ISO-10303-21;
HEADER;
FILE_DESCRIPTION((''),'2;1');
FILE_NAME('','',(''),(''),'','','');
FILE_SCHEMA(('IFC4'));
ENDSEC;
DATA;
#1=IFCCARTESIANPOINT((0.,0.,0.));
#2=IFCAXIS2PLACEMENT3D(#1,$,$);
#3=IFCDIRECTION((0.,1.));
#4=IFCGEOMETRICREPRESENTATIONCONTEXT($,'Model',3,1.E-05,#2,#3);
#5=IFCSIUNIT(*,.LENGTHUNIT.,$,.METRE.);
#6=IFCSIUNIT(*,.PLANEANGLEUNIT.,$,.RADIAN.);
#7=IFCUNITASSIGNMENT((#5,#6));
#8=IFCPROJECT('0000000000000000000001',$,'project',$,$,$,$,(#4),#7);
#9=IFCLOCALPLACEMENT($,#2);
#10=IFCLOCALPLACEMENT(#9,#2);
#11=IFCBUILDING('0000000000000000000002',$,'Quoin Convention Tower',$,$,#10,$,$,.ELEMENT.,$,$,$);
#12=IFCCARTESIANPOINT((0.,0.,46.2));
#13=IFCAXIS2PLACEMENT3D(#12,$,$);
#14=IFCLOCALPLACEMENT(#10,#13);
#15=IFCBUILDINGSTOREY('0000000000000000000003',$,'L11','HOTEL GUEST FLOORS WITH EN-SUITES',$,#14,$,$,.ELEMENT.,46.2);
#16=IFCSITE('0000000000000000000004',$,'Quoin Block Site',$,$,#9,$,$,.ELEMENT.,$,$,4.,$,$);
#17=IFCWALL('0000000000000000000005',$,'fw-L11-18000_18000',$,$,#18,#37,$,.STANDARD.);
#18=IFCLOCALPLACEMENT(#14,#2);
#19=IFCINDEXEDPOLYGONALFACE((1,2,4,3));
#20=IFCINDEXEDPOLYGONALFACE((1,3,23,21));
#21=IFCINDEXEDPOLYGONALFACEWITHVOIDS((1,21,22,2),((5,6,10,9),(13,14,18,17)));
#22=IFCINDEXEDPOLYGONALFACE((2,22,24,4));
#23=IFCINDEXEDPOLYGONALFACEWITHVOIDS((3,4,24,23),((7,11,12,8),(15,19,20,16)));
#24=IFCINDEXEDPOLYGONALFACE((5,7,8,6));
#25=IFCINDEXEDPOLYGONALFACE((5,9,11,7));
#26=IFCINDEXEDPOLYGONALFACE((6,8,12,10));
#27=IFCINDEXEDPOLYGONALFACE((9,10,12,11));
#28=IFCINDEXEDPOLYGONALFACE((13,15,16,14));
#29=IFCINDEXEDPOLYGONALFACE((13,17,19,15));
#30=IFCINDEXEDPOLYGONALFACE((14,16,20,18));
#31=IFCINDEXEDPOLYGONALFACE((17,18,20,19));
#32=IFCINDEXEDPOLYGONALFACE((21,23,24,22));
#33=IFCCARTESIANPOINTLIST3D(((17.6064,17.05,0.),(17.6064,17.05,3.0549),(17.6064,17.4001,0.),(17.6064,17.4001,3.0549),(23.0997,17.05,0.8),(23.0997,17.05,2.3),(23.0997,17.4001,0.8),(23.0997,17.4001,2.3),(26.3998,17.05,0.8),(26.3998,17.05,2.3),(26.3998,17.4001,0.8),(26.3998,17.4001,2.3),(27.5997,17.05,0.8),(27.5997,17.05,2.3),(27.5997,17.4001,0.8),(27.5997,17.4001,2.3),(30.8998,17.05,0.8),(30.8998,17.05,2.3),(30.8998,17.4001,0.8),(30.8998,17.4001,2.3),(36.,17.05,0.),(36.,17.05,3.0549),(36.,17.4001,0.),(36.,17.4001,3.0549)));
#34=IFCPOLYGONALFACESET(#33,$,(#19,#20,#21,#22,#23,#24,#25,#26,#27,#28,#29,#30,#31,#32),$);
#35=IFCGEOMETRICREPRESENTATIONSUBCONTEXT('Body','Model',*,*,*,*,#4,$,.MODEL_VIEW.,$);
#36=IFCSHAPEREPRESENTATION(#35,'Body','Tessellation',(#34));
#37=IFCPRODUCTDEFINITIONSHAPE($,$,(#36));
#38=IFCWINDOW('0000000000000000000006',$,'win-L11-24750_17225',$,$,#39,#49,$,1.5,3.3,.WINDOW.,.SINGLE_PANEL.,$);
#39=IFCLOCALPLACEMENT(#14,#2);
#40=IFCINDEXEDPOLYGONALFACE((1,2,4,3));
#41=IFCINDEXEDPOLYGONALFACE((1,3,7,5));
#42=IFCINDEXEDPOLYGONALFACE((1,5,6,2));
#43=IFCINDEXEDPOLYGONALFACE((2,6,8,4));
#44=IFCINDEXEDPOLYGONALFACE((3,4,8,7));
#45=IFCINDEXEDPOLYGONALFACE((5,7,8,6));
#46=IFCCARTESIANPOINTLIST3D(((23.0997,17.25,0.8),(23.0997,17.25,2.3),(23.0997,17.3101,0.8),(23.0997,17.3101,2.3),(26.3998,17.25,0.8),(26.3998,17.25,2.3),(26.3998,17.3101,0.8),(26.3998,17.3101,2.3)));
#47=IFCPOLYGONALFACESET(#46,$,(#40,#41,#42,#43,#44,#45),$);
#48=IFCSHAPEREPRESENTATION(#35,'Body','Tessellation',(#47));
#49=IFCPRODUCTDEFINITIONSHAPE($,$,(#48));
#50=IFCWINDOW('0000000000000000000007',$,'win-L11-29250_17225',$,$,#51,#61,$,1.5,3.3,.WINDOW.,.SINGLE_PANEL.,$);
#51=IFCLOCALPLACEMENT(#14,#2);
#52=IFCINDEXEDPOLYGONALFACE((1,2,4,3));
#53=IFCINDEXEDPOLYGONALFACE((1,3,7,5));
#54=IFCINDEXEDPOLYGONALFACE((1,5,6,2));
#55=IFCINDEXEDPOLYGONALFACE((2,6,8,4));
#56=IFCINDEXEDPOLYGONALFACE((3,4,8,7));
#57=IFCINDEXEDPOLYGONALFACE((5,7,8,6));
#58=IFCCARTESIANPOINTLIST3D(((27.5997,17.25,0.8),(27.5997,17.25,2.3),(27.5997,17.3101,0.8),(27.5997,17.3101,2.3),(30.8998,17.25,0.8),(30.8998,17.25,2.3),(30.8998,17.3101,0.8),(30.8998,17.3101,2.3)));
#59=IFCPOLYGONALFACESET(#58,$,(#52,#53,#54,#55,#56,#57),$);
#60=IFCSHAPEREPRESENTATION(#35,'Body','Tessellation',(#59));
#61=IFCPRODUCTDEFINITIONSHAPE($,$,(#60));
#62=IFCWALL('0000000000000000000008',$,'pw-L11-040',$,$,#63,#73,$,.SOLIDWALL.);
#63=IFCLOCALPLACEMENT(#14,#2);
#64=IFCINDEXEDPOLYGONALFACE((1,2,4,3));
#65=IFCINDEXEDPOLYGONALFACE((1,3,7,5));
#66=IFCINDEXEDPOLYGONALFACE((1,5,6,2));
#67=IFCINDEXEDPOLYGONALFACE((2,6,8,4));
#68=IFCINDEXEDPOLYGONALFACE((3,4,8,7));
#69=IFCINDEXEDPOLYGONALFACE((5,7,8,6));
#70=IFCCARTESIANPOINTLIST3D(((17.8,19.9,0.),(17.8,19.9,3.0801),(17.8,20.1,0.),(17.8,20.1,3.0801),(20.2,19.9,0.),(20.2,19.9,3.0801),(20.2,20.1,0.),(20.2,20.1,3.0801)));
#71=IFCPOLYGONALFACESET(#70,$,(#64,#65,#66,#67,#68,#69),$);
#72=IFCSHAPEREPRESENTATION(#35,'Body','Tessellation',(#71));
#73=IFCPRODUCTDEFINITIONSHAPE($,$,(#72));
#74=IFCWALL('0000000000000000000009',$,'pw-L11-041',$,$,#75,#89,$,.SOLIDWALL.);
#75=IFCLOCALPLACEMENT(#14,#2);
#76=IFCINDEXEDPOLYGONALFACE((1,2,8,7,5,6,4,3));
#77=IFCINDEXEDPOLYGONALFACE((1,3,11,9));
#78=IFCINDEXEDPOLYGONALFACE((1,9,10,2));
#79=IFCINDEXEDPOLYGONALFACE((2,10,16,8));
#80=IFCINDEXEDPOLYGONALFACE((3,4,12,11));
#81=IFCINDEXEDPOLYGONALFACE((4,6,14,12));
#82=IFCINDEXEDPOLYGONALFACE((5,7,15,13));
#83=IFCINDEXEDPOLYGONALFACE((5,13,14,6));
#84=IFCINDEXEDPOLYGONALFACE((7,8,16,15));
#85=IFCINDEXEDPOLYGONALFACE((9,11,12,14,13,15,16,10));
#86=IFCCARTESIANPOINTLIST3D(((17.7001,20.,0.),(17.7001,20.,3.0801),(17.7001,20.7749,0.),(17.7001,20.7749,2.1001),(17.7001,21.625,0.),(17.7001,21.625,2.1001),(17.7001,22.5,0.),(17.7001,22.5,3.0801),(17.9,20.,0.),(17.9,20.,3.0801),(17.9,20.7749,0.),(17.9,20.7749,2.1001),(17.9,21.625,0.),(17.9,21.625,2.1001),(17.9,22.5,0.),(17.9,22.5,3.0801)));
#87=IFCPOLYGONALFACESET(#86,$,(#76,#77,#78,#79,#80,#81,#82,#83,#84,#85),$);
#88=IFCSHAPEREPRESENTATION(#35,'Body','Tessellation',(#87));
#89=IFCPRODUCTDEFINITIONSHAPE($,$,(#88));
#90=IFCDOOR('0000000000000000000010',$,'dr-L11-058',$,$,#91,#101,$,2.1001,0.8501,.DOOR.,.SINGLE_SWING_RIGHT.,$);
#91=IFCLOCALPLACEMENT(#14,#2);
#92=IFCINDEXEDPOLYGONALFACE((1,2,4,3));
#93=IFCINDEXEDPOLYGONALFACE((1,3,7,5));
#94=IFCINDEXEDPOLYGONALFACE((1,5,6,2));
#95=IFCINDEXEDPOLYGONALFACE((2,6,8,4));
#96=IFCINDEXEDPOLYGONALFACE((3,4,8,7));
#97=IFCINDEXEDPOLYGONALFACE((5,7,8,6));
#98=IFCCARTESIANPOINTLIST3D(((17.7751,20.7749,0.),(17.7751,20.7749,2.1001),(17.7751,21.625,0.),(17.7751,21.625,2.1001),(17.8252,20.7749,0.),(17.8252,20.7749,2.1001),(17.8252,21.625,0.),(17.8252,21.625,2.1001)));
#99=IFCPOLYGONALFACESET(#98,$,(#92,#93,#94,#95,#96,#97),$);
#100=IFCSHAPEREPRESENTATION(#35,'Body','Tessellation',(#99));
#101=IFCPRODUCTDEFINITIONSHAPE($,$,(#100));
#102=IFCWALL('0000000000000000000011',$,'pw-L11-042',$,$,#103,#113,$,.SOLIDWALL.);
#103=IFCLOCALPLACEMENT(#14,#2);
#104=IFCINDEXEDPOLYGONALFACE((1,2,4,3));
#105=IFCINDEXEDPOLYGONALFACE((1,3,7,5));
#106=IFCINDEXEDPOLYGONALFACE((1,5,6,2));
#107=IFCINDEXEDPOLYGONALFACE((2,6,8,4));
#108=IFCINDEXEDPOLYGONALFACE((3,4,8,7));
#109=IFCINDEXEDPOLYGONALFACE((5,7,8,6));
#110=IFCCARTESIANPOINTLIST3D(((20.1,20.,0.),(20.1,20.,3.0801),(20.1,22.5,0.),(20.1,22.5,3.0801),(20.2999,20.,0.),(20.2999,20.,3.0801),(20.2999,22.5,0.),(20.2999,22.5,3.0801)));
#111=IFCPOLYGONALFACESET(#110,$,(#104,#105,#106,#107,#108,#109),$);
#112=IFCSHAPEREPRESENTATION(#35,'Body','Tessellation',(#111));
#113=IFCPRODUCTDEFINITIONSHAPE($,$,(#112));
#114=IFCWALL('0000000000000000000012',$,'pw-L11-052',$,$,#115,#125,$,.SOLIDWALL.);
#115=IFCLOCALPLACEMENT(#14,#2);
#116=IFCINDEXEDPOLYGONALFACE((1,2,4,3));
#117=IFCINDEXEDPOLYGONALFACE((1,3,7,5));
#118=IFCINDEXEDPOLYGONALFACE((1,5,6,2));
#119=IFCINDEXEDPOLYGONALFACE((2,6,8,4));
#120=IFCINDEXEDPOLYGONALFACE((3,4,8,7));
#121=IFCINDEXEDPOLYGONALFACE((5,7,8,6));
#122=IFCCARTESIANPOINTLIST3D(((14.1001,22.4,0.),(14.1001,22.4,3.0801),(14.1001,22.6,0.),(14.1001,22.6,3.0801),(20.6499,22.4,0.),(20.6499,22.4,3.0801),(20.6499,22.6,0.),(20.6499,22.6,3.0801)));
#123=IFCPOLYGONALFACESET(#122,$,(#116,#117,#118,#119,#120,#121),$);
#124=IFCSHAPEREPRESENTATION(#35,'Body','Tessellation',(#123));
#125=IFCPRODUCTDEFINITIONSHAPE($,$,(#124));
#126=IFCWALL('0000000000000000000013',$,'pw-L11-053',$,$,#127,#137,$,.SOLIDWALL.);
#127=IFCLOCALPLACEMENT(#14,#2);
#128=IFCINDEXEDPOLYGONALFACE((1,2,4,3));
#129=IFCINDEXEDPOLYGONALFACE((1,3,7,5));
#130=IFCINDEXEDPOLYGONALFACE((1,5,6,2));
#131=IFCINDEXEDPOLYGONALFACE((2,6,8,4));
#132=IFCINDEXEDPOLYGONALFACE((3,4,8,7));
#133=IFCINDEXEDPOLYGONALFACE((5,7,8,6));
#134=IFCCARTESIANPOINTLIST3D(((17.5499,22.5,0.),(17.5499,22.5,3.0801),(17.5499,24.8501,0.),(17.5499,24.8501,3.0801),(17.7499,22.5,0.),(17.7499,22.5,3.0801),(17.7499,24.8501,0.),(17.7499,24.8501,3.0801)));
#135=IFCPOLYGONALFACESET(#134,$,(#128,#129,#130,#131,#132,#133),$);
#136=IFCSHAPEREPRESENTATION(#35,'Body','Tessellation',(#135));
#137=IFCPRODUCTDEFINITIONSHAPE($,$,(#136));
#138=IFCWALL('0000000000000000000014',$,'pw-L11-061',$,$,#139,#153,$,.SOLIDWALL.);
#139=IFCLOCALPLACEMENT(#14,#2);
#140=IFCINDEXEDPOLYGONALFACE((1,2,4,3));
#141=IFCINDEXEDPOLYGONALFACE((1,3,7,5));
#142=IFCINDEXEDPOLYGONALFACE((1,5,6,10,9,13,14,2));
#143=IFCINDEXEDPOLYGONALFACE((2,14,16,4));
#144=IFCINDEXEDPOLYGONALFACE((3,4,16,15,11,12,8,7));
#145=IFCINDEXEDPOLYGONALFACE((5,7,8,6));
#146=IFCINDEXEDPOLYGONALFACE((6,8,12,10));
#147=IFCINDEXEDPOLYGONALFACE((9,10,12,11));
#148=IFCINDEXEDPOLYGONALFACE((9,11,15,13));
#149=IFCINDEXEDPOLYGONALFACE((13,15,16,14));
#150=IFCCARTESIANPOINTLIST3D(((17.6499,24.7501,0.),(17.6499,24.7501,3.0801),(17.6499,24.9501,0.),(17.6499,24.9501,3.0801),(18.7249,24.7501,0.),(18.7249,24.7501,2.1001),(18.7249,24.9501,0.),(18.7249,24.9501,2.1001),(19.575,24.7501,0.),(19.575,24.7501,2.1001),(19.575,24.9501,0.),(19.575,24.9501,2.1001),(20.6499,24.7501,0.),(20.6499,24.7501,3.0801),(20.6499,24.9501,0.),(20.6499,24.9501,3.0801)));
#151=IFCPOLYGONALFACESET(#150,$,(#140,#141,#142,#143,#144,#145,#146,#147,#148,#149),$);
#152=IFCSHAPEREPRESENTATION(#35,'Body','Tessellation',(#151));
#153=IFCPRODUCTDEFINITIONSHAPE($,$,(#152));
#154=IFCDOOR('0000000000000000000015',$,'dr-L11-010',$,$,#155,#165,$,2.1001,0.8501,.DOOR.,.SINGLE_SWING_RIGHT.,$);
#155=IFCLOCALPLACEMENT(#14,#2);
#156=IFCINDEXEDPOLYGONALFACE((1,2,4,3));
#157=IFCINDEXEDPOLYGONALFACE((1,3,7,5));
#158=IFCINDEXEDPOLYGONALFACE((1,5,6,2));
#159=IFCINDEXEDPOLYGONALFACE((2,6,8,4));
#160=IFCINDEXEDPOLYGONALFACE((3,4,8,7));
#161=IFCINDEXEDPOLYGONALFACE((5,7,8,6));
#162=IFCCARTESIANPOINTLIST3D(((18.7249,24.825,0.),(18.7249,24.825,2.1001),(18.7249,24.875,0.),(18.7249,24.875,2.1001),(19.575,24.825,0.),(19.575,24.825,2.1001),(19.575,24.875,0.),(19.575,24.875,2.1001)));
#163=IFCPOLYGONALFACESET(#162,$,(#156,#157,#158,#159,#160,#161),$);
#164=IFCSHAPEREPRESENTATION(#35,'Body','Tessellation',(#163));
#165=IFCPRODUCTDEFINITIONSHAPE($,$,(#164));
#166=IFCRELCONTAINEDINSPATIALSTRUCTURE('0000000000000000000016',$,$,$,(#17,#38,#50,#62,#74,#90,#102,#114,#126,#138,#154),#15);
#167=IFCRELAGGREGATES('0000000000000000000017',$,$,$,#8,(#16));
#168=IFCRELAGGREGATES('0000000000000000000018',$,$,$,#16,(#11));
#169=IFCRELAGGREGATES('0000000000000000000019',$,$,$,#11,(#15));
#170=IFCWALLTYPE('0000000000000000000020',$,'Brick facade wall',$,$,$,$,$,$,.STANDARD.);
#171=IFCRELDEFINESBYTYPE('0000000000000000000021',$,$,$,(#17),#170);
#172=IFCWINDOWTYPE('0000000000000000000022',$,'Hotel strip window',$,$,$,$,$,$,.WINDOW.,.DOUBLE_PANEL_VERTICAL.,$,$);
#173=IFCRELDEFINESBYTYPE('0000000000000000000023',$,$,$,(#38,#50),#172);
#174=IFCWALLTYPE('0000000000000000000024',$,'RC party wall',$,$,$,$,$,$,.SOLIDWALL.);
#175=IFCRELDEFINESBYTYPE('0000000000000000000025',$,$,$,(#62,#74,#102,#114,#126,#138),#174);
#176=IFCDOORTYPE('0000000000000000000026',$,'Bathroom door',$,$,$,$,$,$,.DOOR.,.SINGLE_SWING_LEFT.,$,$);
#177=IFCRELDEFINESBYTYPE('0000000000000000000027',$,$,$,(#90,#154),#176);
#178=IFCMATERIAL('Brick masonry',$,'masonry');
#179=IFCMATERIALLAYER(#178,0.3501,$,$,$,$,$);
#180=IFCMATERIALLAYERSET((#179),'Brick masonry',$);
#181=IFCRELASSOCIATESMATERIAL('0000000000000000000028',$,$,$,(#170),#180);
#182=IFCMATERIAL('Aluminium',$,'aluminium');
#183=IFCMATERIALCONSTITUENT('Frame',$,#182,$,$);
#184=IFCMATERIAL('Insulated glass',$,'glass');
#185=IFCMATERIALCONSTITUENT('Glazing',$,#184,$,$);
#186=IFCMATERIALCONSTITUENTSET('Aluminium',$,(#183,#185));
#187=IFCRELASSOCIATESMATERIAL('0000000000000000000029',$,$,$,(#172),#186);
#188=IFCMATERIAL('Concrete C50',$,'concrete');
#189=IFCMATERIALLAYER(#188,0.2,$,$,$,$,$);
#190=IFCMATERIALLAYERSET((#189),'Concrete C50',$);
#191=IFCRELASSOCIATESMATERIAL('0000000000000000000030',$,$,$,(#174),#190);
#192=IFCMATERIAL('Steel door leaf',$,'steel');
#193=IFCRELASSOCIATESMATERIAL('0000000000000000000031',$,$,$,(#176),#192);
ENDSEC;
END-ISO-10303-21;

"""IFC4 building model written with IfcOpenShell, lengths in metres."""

from ifc_helpers import new_model, si_unit, direction, frame, frame_2d, origin, place, context, subcontext, project, spatial, rectangle, extrude, material, layer, layer_set, constituent, constituent_set, type_object, element, fill, save


model = new_model("IFC4")

# Units and contexts
model_context = context("Model", 3, precision=1e-05, world=origin(), true_north=direction((0.0, 1.0)))
body_context = subcontext(model_context, "Body", "Model", "MODEL_VIEW")
ifc_project = project(units=[si_unit("LENGTHUNIT", "METRE"), si_unit("PLANEANGLEUNIT", "RADIAN")], contexts=[model_context])

# Site, building, storey
site_placement = place(None, origin())
site = spatial("IfcSite", under=ifc_project, at=site_placement, Name="Quoin Block Site", CompositionType="ELEMENT", RefElevation=4.0)
building_placement = place(site_placement, origin())
building = spatial("IfcBuilding", under=site, at=building_placement, Name="Quoin Convention Tower", CompositionType="ELEMENT")
storey_placement = place(building_placement, frame((0.0, 0.0, 46.2)))
storey = spatial("IfcBuildingStorey", under=building, at=storey_placement, Name="L11", Description="HOTEL GUEST FLOORS WITH EN-SUITES", CompositionType="ELEMENT", Elevation=46.2)

# Shared definitions
ifc_material_1 = material(Name="Concrete C50", Category="concrete")

# Shared definitions
ifc_material_2 = material(Name="Brick masonry", Category="masonry")
ifc_layer_1 = layer(ifc_material_2, 0.3501)
ifc_layer_set_1 = layer_set([ifc_layer_1], Name="Brick masonry")
wall_type_1 = type_object("IfcWallType", Name="Brick facade wall", PredefinedType="STANDARD", material=ifc_layer_set_1)
ifc_material_3 = material(Name="Aluminium", Category="aluminium")
ifc_constituent_1 = constituent(ifc_material_3, Name="Frame")
ifc_material_4 = material(Name="Insulated glass", Category="glass")
ifc_constituent_2 = constituent(ifc_material_4, Name="Glazing")
ifc_constituent_set = constituent_set(constituents=[ifc_constituent_1, ifc_constituent_2], Name="Aluminium")
window_type = type_object("IfcWindowType", Name="Hotel strip window", PartitioningType="DOUBLE_PANEL_VERTICAL", PredefinedType="WINDOW", material=ifc_constituent_set)

# Wall, openings, windows
wall_1_placement = place(storey_placement, frame((17.6064, 17.2251, 0.0), z_axis=(0.0, 0.0, 1.0), x_axis=(1.0, 0.0, 0.0)))
wall_1 = element("IfcWall", 1, at=wall_1_placement, inside=storey, type_object=wall_type_1, Name="fw-L11-18000_18000", PredefinedType="STANDARD", context=body_context, shape_type="SweptSolid", body=[
    extrude(rectangle(XDim=18.3936, YDim=0.3501, at=frame_2d((9.1968, 0.0))), origin(), (0.0, 0.0, 1.0), 3.0549),
])
opening_1_placement = place(wall_1_placement, frame((5.4934, 0.0, 0.8)))
opening_1 = element("IfcOpeningElement", 2, at=opening_1_placement, cuts=wall_1, PredefinedType="OPENING", context=body_context, shape_type="SweptSolid", body=[
    extrude(rectangle(XDim=3.3, YDim=1.5, at=frame_2d((1.6499, 0.75))), frame((0.0, 0.1851, 0.0), z_axis=(0.0, -1.0, 0.0), x_axis=(1.0, 0.0, 0.0)), (0.0, 0.0, 1.0), 0.3701),
])
opening_2_placement = place(wall_1_placement, frame((9.9934, 0.0, 0.8)))
opening_2 = element("IfcOpeningElement", 3, at=opening_2_placement, cuts=wall_1, PredefinedType="OPENING", context=body_context, shape_type="SweptSolid", body=[
    extrude(rectangle(XDim=3.3, YDim=1.5, at=frame_2d((1.6499, 0.75))), frame((0.0, 0.1851, 0.0), z_axis=(0.0, -1.0, 0.0), x_axis=(1.0, 0.0, 0.0)), (0.0, 0.0, 1.0), 0.3701),
])
window_1_placement = place(opening_1_placement, origin())
window_1 = element("IfcWindow", 4, at=window_1_placement, inside=storey, type_object=window_type, Name="win-L11-24750_17225", OverallHeight=1.5, OverallWidth=3.3, PartitioningType="SINGLE_PANEL", PredefinedType="WINDOW", context=body_context, shape_type="SweptSolid", body=[
    extrude(rectangle(XDim=3.3, YDim=1.5, at=frame_2d((1.6499, 0.75))), frame((0.0, 0.085, 0.0), z_axis=(0.0, -1.0, 0.0), x_axis=(1.0, 0.0, 0.0)), (0.0, 0.0, 1.0), 0.0601),
])
fill(opening_1, window_1)
window_2_placement = place(opening_2_placement, origin())
window_2 = element("IfcWindow", 5, at=window_2_placement, inside=storey, type_object=window_type, Name="win-L11-29250_17225", OverallHeight=1.5, OverallWidth=3.3, PartitioningType="SINGLE_PANEL", PredefinedType="WINDOW", context=body_context, shape_type="SweptSolid", body=[
    extrude(rectangle(XDim=3.3, YDim=1.5, at=frame_2d((1.6499, 0.75))), frame((0.0, 0.085, 0.0), z_axis=(0.0, -1.0, 0.0), x_axis=(1.0, 0.0, 0.0)), (0.0, 0.0, 1.0), 0.0601),
])
fill(opening_2, window_2)

# Wall
ifc_layer_2 = layer(ifc_material_1, 0.2)
ifc_layer_set_2 = layer_set([ifc_layer_2], Name="Concrete C50")
wall_type_2 = type_object("IfcWallType", Name="RC party wall", PredefinedType="SOLIDWALL", material=ifc_layer_set_2)
wall_2_placement = place(storey_placement, frame((17.8, 20.0, 0.0), z_axis=(0.0, 0.0, 1.0), x_axis=(1.0, 0.0, 0.0)))
element("IfcWall", 6, at=wall_2_placement, inside=storey, type_object=wall_type_2, Name="pw-L11-040", PredefinedType="SOLIDWALL", context=body_context, shape_type="SweptSolid", body=[
    extrude(rectangle(XDim=2.3999, YDim=0.2, at=frame_2d((1.2, 0.0))), origin(), (0.0, 0.0, 1.0), 3.0801),
])

# Wall, opening, door
wall_3_placement = place(storey_placement, frame((17.8, 20.0, 0.0), z_axis=(0.0, 0.0, 1.0), x_axis=(0.0, 1.0, 0.0)))
wall_3 = element("IfcWall", 7, at=wall_3_placement, inside=storey, type_object=wall_type_2, Name="pw-L11-041", PredefinedType="SOLIDWALL", context=body_context, shape_type="SweptSolid", body=[
    extrude(rectangle(XDim=2.5, YDim=0.2, at=frame_2d((1.25, 0.0))), origin(), (0.0, 0.0, 1.0), 3.0801),
])
opening_3_placement = place(wall_3_placement, frame((0.7749, 0.0, 0.0)))
opening_3 = element("IfcOpeningElement", 8, at=opening_3_placement, cuts=wall_3, PredefinedType="OPENING", context=body_context, shape_type="SweptSolid", body=[
    extrude(rectangle(XDim=0.8501, YDim=2.1001, at=frame_2d((0.425, 1.05))), frame((0.0, 0.1099, 0.0), z_axis=(0.0, -1.0, 0.0), x_axis=(1.0, 0.0, 0.0)), (0.0, 0.0, 1.0), 0.22),
])
ifc_material_5 = material(Name="Steel door leaf", Category="steel")
door_type = type_object("IfcDoorType", Name="Bathroom door", OperationType="SINGLE_SWING_LEFT", PredefinedType="DOOR", material=ifc_material_5)
door_1_placement = place(opening_3_placement, origin())
door_1 = element("IfcDoor", 9, at=door_1_placement, inside=storey, type_object=door_type, Name="dr-L11-058", OperationType="SINGLE_SWING_RIGHT", OverallHeight=2.1001, OverallWidth=0.8501, PredefinedType="DOOR", context=body_context, shape_type="SweptSolid", body=[
    extrude(rectangle(XDim=0.8501, YDim=2.1001, at=frame_2d((0.425, 1.05))), frame((0.0, 0.0249, 0.0), z_axis=(0.0, -1.0, 0.0), x_axis=(1.0, 0.0, 0.0)), (0.0, 0.0, 1.0), 0.05),
])
fill(opening_3, door_1)

# Walls
wall_4_placement = place(storey_placement, frame((20.2, 20.0, 0.0), z_axis=(0.0, 0.0, 1.0), x_axis=(0.0, 1.0, 0.0)))
element("IfcWall", 10, at=wall_4_placement, inside=storey, type_object=wall_type_2, Name="pw-L11-042", PredefinedType="SOLIDWALL", context=body_context, shape_type="SweptSolid", body=[
    extrude(rectangle(XDim=2.5, YDim=0.2, at=frame_2d((1.25, 0.0))), origin(), (0.0, 0.0, 1.0), 3.0801),
])
wall_5_placement = place(storey_placement, frame((14.1001, 22.5, 0.0), z_axis=(0.0, 0.0, 1.0), x_axis=(1.0, 0.0, 0.0)))
element("IfcWall", 11, at=wall_5_placement, inside=storey, type_object=wall_type_2, Name="pw-L11-052", PredefinedType="SOLIDWALL", context=body_context, shape_type="SweptSolid", body=[
    extrude(rectangle(XDim=6.5498, YDim=0.2, at=frame_2d((3.2749, 0.0))), origin(), (0.0, 0.0, 1.0), 3.0801),
])
wall_6_placement = place(storey_placement, frame((17.6499, 22.5, 0.0), z_axis=(0.0, 0.0, 1.0), x_axis=(0.0, 1.0, 0.0)))
element("IfcWall", 12, at=wall_6_placement, inside=storey, type_object=wall_type_2, Name="pw-L11-053", PredefinedType="SOLIDWALL", context=body_context, shape_type="SweptSolid", body=[
    extrude(rectangle(XDim=2.3501, YDim=0.2, at=frame_2d((1.175, 0.0))), origin(), (0.0, 0.0, 1.0), 3.0801),
])

# Wall, opening, door
wall_7_placement = place(storey_placement, frame((17.6499, 24.8501, 0.0), z_axis=(0.0, 0.0, 1.0), x_axis=(1.0, 0.0, 0.0)))
wall_7 = element("IfcWall", 13, at=wall_7_placement, inside=storey, type_object=wall_type_2, Name="pw-L11-061", PredefinedType="SOLIDWALL", context=body_context, shape_type="SweptSolid", body=[
    extrude(rectangle(XDim=3.0, YDim=0.2, at=frame_2d((1.5, 0.0))), origin(), (0.0, 0.0, 1.0), 3.0801),
])
opening_4_placement = place(wall_7_placement, frame((1.075, 0.0, 0.0)))
opening_4 = element("IfcOpeningElement", 14, at=opening_4_placement, cuts=wall_7, PredefinedType="OPENING", context=body_context, shape_type="SweptSolid", body=[
    extrude(rectangle(XDim=0.8501, YDim=2.1001, at=frame_2d((0.425, 1.05))), frame((0.0, 0.1099, 0.0), z_axis=(0.0, -1.0, 0.0), x_axis=(1.0, 0.0, 0.0)), (0.0, 0.0, 1.0), 0.22),
])
door_2_placement = place(opening_4_placement, origin())
door_2 = element("IfcDoor", 15, at=door_2_placement, inside=storey, type_object=door_type, Name="dr-L11-010", OperationType="SINGLE_SWING_RIGHT", OverallHeight=2.1001, OverallWidth=0.8501, PredefinedType="DOOR", context=body_context, shape_type="SweptSolid", body=[
    extrude(rectangle(XDim=0.8501, YDim=2.1001, at=frame_2d((0.425, 1.05))), frame((0.0, 0.0249, 0.0), z_axis=(0.0, -1.0, 0.0), x_axis=(1.0, 0.0, 0.0)), (0.0, 0.0, 1.0), 0.05),
])
fill(opening_4, door_2)

save(model, "model.ifc")
